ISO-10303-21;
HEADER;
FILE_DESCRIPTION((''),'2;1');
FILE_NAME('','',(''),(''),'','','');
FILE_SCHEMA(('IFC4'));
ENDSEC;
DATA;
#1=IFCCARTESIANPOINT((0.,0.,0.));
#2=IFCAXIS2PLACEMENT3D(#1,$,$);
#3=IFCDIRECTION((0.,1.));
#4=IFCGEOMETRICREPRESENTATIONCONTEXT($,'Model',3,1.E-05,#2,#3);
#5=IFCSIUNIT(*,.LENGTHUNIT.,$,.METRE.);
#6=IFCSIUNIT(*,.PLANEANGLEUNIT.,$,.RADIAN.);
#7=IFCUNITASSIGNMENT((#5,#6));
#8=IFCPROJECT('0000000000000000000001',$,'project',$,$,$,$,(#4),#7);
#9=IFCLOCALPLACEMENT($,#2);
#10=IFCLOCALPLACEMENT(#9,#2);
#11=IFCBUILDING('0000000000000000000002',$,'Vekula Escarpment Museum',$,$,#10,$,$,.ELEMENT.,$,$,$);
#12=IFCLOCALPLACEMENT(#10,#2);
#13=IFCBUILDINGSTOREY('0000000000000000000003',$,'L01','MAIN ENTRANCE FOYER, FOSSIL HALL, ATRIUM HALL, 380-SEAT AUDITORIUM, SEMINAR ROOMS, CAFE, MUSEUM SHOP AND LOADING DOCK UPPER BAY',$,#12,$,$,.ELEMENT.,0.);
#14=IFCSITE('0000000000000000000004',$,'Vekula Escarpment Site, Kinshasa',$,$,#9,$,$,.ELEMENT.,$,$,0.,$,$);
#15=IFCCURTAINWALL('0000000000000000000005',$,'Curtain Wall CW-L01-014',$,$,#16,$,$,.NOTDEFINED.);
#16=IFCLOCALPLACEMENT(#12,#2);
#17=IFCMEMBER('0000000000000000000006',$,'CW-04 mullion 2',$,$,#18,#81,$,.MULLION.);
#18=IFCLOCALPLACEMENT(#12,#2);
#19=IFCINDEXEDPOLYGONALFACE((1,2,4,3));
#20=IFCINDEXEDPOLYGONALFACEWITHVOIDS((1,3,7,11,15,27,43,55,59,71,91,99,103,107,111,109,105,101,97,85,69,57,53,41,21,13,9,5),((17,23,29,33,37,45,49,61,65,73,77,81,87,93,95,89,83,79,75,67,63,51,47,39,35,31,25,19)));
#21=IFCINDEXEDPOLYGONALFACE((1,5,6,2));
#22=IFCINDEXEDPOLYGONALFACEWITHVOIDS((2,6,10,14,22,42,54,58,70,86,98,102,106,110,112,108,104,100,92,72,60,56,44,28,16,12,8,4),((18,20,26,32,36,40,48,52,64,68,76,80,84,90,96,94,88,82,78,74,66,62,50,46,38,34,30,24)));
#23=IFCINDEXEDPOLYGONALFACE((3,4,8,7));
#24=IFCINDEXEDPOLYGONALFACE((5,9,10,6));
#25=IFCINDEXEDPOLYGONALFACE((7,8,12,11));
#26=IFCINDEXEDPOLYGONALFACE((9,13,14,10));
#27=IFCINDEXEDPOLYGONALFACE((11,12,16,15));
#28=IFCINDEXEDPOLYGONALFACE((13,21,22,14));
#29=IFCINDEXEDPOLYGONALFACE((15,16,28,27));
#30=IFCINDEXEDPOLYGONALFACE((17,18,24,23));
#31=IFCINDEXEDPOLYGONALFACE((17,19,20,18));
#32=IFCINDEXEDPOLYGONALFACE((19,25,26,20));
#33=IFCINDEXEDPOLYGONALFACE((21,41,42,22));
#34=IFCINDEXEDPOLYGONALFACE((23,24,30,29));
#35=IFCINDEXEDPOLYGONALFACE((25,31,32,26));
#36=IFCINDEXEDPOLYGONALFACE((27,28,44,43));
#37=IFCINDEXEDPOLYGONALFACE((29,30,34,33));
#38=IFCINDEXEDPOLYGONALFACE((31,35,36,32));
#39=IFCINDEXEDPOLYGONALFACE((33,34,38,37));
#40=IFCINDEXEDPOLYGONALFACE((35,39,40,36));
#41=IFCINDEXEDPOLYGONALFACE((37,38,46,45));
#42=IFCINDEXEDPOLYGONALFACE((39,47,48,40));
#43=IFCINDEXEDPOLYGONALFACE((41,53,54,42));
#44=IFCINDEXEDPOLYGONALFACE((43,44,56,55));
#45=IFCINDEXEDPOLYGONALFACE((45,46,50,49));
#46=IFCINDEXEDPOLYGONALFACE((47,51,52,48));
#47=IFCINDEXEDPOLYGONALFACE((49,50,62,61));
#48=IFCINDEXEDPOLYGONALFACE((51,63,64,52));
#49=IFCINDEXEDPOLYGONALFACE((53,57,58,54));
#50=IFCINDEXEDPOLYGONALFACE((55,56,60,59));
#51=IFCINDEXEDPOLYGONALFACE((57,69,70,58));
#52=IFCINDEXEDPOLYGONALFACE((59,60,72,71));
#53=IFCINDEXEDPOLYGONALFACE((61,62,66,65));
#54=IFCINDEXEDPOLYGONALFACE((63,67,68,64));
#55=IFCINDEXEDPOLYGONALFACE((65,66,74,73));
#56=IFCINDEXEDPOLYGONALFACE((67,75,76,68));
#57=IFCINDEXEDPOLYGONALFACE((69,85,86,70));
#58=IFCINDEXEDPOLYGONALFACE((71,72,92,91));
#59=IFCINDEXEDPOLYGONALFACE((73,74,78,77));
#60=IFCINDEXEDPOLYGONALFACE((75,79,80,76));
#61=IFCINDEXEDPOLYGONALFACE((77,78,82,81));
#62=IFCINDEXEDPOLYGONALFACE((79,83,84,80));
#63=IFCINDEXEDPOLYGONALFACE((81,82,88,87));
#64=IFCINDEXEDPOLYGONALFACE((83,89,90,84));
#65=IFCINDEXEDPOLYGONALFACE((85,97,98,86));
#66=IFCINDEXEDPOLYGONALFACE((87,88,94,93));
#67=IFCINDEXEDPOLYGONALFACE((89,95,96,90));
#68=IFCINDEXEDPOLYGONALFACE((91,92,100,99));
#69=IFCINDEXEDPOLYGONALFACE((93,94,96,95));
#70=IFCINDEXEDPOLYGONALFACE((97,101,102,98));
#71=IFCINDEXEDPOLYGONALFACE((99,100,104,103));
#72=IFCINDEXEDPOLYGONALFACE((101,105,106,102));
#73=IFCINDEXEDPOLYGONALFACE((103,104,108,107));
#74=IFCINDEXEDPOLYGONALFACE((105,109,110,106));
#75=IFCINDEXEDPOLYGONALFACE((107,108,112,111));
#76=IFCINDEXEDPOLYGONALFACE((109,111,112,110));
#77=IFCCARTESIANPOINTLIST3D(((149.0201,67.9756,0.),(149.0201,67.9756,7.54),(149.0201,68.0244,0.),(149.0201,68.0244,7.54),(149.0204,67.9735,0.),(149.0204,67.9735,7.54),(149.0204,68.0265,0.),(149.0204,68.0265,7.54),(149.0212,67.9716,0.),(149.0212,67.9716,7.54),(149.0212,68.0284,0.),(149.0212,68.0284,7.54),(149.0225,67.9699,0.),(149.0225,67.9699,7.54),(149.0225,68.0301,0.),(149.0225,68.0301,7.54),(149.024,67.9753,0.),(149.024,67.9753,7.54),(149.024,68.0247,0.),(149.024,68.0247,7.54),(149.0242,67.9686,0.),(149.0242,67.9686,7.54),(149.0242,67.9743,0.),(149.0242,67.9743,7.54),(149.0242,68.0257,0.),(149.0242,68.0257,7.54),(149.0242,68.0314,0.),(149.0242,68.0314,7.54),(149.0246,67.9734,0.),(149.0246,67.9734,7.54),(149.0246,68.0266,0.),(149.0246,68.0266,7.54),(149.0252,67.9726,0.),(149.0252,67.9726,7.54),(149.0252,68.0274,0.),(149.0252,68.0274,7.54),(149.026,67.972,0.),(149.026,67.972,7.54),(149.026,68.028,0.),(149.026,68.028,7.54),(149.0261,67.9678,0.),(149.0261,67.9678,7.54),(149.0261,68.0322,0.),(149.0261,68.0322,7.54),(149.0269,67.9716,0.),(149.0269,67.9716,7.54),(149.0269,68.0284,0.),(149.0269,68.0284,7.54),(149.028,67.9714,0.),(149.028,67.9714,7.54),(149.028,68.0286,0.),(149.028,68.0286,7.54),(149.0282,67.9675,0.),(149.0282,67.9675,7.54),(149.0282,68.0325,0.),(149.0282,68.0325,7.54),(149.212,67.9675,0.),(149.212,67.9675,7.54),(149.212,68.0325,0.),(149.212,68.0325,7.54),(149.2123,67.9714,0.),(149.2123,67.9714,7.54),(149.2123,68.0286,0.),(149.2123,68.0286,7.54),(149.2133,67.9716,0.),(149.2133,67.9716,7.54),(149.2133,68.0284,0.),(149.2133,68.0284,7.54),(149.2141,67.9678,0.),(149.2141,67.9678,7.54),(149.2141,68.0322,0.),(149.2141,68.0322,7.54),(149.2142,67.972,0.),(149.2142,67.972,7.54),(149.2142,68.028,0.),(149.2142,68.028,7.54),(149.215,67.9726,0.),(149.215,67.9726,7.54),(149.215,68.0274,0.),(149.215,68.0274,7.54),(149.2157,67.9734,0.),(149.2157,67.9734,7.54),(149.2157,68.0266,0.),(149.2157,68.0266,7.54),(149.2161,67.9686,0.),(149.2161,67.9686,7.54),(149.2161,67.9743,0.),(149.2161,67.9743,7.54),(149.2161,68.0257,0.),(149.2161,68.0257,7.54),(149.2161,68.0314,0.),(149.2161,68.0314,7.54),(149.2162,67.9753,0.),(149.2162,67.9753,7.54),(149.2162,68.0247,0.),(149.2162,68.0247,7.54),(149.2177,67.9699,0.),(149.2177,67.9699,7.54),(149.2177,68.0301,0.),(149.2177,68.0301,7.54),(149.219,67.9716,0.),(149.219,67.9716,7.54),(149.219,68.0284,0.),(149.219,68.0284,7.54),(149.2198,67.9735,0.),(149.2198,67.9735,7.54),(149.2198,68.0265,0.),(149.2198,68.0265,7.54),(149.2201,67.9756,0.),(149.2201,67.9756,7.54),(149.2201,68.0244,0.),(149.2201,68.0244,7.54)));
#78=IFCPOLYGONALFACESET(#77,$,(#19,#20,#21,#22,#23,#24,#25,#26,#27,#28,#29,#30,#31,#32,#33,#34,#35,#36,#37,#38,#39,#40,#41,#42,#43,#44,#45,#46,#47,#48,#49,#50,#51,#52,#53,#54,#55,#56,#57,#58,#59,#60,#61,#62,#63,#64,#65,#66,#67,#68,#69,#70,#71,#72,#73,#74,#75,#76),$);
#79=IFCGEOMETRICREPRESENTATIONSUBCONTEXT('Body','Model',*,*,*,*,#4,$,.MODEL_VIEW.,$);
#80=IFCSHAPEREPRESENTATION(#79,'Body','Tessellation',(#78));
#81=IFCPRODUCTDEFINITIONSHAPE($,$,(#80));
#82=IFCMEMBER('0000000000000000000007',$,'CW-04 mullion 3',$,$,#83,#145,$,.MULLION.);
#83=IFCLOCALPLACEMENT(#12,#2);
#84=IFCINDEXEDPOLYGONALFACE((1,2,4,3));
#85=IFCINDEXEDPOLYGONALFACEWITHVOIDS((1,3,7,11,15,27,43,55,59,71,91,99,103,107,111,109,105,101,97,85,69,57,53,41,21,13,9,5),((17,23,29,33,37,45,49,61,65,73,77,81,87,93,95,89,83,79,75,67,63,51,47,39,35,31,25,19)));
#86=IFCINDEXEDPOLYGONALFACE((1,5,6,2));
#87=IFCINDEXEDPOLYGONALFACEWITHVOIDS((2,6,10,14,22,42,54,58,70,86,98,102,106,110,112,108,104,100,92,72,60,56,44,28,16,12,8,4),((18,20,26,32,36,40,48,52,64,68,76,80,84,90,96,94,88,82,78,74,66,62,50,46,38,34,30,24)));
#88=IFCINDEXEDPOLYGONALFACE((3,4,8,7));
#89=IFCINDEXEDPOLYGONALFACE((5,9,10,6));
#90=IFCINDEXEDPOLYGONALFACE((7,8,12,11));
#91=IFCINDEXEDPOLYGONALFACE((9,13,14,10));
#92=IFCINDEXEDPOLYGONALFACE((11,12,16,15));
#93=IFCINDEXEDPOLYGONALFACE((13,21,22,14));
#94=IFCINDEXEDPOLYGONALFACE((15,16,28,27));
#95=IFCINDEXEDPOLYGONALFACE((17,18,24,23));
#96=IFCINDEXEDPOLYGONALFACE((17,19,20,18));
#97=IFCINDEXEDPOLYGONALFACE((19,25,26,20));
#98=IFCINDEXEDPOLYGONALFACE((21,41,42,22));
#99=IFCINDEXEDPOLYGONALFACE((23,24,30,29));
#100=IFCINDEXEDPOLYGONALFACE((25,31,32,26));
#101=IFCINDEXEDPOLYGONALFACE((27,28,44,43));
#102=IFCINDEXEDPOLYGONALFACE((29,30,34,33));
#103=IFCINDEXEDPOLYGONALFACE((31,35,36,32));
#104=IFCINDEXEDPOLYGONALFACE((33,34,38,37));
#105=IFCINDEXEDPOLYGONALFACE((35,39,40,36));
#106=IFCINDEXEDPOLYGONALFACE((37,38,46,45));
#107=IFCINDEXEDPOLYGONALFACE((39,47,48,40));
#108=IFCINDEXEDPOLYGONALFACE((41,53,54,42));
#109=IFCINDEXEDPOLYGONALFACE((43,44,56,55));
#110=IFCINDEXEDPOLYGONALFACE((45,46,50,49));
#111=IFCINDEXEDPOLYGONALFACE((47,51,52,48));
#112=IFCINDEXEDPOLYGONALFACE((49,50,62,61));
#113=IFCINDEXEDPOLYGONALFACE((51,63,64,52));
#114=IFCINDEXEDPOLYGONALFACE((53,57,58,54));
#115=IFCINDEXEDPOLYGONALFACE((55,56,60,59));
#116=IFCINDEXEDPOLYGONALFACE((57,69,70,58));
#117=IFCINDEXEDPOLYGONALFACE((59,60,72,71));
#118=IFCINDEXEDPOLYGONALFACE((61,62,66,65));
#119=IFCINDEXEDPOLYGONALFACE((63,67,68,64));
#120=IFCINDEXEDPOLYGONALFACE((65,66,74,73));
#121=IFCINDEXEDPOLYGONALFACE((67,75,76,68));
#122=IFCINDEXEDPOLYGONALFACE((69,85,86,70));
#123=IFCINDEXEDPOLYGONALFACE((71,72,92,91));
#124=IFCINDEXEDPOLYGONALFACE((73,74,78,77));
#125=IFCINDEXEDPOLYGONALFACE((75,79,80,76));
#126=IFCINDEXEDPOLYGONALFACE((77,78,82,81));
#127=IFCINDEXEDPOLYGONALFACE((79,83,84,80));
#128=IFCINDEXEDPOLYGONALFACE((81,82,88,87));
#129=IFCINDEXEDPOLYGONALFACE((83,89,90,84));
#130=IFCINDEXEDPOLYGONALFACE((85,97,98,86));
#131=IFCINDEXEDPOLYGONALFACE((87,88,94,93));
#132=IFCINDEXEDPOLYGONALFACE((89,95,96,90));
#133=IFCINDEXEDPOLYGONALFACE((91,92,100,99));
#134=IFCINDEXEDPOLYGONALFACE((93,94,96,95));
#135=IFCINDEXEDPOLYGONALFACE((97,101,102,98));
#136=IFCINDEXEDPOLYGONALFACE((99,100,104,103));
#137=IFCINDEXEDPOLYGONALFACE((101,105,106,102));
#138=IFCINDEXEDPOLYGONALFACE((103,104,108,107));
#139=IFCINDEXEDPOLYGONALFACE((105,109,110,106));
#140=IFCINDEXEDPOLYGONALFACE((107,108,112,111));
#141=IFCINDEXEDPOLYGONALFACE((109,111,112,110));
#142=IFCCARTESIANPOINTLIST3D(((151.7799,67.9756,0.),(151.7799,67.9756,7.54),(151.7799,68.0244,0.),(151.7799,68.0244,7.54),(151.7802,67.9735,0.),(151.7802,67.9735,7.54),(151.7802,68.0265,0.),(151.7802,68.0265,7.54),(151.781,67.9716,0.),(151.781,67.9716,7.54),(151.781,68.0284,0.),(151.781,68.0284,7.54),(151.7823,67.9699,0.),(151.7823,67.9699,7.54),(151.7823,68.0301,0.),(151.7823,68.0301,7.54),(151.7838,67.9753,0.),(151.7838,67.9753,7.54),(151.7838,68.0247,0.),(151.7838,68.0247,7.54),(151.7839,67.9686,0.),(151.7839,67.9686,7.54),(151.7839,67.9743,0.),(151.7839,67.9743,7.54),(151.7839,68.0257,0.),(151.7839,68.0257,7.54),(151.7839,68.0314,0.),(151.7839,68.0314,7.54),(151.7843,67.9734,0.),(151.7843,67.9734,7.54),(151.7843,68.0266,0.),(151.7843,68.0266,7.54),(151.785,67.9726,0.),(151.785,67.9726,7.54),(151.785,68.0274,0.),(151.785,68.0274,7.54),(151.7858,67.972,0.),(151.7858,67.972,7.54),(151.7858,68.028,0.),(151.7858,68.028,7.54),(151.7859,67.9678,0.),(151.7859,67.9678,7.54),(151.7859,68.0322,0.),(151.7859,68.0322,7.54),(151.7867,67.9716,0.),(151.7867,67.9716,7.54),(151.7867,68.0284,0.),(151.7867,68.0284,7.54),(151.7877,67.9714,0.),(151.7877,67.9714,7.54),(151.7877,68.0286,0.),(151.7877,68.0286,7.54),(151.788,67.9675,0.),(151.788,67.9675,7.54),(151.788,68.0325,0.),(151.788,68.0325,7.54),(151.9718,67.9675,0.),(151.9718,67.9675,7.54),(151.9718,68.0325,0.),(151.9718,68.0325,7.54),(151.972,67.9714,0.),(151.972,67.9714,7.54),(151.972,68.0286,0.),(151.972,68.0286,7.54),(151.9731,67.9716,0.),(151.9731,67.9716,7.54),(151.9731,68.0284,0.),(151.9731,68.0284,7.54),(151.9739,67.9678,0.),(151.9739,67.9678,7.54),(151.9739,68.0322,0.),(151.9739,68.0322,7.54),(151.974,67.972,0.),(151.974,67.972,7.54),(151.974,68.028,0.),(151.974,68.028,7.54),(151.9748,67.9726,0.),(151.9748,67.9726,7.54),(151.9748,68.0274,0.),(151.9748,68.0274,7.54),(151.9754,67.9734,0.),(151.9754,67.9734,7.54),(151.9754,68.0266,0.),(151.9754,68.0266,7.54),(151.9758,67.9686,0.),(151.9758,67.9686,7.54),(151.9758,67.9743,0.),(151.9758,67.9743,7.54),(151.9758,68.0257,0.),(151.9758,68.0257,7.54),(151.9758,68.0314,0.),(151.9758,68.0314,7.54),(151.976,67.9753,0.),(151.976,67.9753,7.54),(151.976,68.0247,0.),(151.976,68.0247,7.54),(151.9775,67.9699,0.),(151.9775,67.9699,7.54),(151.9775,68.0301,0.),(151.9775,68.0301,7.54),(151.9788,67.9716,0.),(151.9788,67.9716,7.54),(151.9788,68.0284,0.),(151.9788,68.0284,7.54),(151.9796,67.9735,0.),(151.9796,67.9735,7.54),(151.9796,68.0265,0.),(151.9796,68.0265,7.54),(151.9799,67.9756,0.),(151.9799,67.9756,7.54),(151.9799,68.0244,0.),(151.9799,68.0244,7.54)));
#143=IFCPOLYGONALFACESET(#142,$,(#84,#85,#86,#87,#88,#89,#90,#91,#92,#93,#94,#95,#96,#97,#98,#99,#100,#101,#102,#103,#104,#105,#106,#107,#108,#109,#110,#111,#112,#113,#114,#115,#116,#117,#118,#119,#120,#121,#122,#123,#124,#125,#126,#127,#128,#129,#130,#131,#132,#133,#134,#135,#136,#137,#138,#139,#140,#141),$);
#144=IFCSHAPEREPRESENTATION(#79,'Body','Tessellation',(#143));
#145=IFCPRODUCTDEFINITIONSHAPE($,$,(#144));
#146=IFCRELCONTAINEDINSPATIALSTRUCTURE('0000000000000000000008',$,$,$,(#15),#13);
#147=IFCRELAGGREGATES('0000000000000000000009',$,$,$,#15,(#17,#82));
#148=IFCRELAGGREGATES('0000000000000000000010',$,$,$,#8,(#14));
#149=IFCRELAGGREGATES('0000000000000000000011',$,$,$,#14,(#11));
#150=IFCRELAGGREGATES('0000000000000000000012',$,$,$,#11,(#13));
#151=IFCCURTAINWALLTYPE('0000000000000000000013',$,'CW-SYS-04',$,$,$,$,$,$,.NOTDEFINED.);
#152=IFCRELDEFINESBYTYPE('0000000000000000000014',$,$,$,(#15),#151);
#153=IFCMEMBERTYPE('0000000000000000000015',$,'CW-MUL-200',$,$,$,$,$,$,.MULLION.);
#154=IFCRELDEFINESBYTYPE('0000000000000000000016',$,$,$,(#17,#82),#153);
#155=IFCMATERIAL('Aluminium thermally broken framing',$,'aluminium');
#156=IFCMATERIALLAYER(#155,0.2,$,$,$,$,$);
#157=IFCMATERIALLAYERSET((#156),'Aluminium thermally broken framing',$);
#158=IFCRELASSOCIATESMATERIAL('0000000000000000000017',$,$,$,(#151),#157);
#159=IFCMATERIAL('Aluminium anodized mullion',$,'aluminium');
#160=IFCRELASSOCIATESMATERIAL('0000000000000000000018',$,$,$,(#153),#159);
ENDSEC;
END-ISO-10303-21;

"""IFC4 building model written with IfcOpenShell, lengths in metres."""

from ifc_helpers import new_model, si_unit, direction, frame, origin, origin_2d, place, context, subcontext, project, spatial, hollow_rectangle, extrude, material, layer, layer_set, material_profile, profile_set, type_object, element, aggregate, save


model = new_model("IFC4")

# Units and contexts
model_context = context("Model", 3, precision=1e-05, world=origin(), true_north=direction((0.0, 1.0)))
body_context = subcontext(model_context, "Body", "Model", "MODEL_VIEW")
ifc_project = project(units=[si_unit("LENGTHUNIT", "METRE"), si_unit("PLANEANGLEUNIT", "RADIAN")], contexts=[model_context])

# Site, building, storey
site_placement = place(None, origin())
site = spatial("IfcSite", under=ifc_project, at=site_placement, Name="Vekula Escarpment Site, Kinshasa", CompositionType="ELEMENT", RefElevation=0.0)
building_placement = place(site_placement, origin())
building = spatial("IfcBuilding", under=site, at=building_placement, Name="Vekula Escarpment Museum", CompositionType="ELEMENT")
storey_placement = place(building_placement, origin())
storey = spatial("IfcBuildingStorey", under=building, at=storey_placement, Name="L01", Description="MAIN ENTRANCE FOYER, FOSSIL HALL, ATRIUM HALL, 380-SEAT AUDITORIUM, SEMINAR ROOMS, CAFE, MUSEUM SHOP AND LOADING DOCK UPPER BAY", CompositionType="ELEMENT", Elevation=0.0)

# Curtain wall, members
ifc_material_1 = material(Name="Aluminium thermally broken framing", Category="aluminium")
ifc_layer_1 = layer(ifc_material_1, 0.2)
ifc_layer_set_1 = layer_set([ifc_layer_1], Name="Aluminium thermally broken framing")
curtain_wall_type_1 = type_object("IfcCurtainWallType", Name="CW-SYS-04", PredefinedType="NOTDEFINED", material=ifc_layer_set_1)
curtain_wall_1_placement = place(storey_placement, origin())
curtain_wall_1 = element("IfcCurtainWall", 1, at=curtain_wall_1_placement, inside=storey, type_object=curtain_wall_type_1, Name="Curtain Wall CW-L01-014", PredefinedType="NOTDEFINED")
ifc_material_2 = material(Name="Aluminium anodized mullion", Category="aluminium")
ifc_material_profile_1 = material_profile(ifc_material_2, hollow_rectangle(XDim=0.0649, YDim=0.2, WallThickness=0.0039, InnerFilletRadius=0.0039, OuterFilletRadius=0.0081, at=origin_2d()), Name="ALU 200x65x4")
ifc_profile_set_1 = profile_set([ifc_material_profile_1], Name="Aluminium anodized mullion")
member_type_1 = type_object("IfcMemberType", Name="CW-MUL-200", PredefinedType="MULLION", material=ifc_profile_set_1)
member_1_placement = place(storey_placement, frame((149.1201, 68.0, 0.0), z_axis=(0.0, 0.0, 1.0), x_axis=(0.0, 1.0, 0.0)))
member_1 = element("IfcMember", 2, at=member_1_placement, type_object=member_type_1, Name="CW-04 mullion 2", PredefinedType="MULLION", context=body_context, shape_type="SweptSolid", body=[
    extrude(hollow_rectangle(XDim=0.0649, YDim=0.2, WallThickness=0.0039, InnerFilletRadius=0.0039, OuterFilletRadius=0.0081, at=origin_2d()), origin(), (0.0, 0.0, 1.0), 7.54),
])
member_2_placement = place(storey_placement, frame((151.8799, 68.0, 0.0), z_axis=(0.0, 0.0, 1.0), x_axis=(0.0, 1.0, 0.0)))
member_2 = element("IfcMember", 3, at=member_2_placement, type_object=member_type_1, Name="CW-04 mullion 3", PredefinedType="MULLION", context=body_context, shape_type="SweptSolid", body=[
    extrude(hollow_rectangle(XDim=0.0649, YDim=0.2, WallThickness=0.0039, InnerFilletRadius=0.0039, OuterFilletRadius=0.0081, at=origin_2d()), origin(), (0.0, 0.0, 1.0), 7.54),
])

aggregate(curtain_wall_1, [member_1, member_2])

save(model, "model.ifc")
